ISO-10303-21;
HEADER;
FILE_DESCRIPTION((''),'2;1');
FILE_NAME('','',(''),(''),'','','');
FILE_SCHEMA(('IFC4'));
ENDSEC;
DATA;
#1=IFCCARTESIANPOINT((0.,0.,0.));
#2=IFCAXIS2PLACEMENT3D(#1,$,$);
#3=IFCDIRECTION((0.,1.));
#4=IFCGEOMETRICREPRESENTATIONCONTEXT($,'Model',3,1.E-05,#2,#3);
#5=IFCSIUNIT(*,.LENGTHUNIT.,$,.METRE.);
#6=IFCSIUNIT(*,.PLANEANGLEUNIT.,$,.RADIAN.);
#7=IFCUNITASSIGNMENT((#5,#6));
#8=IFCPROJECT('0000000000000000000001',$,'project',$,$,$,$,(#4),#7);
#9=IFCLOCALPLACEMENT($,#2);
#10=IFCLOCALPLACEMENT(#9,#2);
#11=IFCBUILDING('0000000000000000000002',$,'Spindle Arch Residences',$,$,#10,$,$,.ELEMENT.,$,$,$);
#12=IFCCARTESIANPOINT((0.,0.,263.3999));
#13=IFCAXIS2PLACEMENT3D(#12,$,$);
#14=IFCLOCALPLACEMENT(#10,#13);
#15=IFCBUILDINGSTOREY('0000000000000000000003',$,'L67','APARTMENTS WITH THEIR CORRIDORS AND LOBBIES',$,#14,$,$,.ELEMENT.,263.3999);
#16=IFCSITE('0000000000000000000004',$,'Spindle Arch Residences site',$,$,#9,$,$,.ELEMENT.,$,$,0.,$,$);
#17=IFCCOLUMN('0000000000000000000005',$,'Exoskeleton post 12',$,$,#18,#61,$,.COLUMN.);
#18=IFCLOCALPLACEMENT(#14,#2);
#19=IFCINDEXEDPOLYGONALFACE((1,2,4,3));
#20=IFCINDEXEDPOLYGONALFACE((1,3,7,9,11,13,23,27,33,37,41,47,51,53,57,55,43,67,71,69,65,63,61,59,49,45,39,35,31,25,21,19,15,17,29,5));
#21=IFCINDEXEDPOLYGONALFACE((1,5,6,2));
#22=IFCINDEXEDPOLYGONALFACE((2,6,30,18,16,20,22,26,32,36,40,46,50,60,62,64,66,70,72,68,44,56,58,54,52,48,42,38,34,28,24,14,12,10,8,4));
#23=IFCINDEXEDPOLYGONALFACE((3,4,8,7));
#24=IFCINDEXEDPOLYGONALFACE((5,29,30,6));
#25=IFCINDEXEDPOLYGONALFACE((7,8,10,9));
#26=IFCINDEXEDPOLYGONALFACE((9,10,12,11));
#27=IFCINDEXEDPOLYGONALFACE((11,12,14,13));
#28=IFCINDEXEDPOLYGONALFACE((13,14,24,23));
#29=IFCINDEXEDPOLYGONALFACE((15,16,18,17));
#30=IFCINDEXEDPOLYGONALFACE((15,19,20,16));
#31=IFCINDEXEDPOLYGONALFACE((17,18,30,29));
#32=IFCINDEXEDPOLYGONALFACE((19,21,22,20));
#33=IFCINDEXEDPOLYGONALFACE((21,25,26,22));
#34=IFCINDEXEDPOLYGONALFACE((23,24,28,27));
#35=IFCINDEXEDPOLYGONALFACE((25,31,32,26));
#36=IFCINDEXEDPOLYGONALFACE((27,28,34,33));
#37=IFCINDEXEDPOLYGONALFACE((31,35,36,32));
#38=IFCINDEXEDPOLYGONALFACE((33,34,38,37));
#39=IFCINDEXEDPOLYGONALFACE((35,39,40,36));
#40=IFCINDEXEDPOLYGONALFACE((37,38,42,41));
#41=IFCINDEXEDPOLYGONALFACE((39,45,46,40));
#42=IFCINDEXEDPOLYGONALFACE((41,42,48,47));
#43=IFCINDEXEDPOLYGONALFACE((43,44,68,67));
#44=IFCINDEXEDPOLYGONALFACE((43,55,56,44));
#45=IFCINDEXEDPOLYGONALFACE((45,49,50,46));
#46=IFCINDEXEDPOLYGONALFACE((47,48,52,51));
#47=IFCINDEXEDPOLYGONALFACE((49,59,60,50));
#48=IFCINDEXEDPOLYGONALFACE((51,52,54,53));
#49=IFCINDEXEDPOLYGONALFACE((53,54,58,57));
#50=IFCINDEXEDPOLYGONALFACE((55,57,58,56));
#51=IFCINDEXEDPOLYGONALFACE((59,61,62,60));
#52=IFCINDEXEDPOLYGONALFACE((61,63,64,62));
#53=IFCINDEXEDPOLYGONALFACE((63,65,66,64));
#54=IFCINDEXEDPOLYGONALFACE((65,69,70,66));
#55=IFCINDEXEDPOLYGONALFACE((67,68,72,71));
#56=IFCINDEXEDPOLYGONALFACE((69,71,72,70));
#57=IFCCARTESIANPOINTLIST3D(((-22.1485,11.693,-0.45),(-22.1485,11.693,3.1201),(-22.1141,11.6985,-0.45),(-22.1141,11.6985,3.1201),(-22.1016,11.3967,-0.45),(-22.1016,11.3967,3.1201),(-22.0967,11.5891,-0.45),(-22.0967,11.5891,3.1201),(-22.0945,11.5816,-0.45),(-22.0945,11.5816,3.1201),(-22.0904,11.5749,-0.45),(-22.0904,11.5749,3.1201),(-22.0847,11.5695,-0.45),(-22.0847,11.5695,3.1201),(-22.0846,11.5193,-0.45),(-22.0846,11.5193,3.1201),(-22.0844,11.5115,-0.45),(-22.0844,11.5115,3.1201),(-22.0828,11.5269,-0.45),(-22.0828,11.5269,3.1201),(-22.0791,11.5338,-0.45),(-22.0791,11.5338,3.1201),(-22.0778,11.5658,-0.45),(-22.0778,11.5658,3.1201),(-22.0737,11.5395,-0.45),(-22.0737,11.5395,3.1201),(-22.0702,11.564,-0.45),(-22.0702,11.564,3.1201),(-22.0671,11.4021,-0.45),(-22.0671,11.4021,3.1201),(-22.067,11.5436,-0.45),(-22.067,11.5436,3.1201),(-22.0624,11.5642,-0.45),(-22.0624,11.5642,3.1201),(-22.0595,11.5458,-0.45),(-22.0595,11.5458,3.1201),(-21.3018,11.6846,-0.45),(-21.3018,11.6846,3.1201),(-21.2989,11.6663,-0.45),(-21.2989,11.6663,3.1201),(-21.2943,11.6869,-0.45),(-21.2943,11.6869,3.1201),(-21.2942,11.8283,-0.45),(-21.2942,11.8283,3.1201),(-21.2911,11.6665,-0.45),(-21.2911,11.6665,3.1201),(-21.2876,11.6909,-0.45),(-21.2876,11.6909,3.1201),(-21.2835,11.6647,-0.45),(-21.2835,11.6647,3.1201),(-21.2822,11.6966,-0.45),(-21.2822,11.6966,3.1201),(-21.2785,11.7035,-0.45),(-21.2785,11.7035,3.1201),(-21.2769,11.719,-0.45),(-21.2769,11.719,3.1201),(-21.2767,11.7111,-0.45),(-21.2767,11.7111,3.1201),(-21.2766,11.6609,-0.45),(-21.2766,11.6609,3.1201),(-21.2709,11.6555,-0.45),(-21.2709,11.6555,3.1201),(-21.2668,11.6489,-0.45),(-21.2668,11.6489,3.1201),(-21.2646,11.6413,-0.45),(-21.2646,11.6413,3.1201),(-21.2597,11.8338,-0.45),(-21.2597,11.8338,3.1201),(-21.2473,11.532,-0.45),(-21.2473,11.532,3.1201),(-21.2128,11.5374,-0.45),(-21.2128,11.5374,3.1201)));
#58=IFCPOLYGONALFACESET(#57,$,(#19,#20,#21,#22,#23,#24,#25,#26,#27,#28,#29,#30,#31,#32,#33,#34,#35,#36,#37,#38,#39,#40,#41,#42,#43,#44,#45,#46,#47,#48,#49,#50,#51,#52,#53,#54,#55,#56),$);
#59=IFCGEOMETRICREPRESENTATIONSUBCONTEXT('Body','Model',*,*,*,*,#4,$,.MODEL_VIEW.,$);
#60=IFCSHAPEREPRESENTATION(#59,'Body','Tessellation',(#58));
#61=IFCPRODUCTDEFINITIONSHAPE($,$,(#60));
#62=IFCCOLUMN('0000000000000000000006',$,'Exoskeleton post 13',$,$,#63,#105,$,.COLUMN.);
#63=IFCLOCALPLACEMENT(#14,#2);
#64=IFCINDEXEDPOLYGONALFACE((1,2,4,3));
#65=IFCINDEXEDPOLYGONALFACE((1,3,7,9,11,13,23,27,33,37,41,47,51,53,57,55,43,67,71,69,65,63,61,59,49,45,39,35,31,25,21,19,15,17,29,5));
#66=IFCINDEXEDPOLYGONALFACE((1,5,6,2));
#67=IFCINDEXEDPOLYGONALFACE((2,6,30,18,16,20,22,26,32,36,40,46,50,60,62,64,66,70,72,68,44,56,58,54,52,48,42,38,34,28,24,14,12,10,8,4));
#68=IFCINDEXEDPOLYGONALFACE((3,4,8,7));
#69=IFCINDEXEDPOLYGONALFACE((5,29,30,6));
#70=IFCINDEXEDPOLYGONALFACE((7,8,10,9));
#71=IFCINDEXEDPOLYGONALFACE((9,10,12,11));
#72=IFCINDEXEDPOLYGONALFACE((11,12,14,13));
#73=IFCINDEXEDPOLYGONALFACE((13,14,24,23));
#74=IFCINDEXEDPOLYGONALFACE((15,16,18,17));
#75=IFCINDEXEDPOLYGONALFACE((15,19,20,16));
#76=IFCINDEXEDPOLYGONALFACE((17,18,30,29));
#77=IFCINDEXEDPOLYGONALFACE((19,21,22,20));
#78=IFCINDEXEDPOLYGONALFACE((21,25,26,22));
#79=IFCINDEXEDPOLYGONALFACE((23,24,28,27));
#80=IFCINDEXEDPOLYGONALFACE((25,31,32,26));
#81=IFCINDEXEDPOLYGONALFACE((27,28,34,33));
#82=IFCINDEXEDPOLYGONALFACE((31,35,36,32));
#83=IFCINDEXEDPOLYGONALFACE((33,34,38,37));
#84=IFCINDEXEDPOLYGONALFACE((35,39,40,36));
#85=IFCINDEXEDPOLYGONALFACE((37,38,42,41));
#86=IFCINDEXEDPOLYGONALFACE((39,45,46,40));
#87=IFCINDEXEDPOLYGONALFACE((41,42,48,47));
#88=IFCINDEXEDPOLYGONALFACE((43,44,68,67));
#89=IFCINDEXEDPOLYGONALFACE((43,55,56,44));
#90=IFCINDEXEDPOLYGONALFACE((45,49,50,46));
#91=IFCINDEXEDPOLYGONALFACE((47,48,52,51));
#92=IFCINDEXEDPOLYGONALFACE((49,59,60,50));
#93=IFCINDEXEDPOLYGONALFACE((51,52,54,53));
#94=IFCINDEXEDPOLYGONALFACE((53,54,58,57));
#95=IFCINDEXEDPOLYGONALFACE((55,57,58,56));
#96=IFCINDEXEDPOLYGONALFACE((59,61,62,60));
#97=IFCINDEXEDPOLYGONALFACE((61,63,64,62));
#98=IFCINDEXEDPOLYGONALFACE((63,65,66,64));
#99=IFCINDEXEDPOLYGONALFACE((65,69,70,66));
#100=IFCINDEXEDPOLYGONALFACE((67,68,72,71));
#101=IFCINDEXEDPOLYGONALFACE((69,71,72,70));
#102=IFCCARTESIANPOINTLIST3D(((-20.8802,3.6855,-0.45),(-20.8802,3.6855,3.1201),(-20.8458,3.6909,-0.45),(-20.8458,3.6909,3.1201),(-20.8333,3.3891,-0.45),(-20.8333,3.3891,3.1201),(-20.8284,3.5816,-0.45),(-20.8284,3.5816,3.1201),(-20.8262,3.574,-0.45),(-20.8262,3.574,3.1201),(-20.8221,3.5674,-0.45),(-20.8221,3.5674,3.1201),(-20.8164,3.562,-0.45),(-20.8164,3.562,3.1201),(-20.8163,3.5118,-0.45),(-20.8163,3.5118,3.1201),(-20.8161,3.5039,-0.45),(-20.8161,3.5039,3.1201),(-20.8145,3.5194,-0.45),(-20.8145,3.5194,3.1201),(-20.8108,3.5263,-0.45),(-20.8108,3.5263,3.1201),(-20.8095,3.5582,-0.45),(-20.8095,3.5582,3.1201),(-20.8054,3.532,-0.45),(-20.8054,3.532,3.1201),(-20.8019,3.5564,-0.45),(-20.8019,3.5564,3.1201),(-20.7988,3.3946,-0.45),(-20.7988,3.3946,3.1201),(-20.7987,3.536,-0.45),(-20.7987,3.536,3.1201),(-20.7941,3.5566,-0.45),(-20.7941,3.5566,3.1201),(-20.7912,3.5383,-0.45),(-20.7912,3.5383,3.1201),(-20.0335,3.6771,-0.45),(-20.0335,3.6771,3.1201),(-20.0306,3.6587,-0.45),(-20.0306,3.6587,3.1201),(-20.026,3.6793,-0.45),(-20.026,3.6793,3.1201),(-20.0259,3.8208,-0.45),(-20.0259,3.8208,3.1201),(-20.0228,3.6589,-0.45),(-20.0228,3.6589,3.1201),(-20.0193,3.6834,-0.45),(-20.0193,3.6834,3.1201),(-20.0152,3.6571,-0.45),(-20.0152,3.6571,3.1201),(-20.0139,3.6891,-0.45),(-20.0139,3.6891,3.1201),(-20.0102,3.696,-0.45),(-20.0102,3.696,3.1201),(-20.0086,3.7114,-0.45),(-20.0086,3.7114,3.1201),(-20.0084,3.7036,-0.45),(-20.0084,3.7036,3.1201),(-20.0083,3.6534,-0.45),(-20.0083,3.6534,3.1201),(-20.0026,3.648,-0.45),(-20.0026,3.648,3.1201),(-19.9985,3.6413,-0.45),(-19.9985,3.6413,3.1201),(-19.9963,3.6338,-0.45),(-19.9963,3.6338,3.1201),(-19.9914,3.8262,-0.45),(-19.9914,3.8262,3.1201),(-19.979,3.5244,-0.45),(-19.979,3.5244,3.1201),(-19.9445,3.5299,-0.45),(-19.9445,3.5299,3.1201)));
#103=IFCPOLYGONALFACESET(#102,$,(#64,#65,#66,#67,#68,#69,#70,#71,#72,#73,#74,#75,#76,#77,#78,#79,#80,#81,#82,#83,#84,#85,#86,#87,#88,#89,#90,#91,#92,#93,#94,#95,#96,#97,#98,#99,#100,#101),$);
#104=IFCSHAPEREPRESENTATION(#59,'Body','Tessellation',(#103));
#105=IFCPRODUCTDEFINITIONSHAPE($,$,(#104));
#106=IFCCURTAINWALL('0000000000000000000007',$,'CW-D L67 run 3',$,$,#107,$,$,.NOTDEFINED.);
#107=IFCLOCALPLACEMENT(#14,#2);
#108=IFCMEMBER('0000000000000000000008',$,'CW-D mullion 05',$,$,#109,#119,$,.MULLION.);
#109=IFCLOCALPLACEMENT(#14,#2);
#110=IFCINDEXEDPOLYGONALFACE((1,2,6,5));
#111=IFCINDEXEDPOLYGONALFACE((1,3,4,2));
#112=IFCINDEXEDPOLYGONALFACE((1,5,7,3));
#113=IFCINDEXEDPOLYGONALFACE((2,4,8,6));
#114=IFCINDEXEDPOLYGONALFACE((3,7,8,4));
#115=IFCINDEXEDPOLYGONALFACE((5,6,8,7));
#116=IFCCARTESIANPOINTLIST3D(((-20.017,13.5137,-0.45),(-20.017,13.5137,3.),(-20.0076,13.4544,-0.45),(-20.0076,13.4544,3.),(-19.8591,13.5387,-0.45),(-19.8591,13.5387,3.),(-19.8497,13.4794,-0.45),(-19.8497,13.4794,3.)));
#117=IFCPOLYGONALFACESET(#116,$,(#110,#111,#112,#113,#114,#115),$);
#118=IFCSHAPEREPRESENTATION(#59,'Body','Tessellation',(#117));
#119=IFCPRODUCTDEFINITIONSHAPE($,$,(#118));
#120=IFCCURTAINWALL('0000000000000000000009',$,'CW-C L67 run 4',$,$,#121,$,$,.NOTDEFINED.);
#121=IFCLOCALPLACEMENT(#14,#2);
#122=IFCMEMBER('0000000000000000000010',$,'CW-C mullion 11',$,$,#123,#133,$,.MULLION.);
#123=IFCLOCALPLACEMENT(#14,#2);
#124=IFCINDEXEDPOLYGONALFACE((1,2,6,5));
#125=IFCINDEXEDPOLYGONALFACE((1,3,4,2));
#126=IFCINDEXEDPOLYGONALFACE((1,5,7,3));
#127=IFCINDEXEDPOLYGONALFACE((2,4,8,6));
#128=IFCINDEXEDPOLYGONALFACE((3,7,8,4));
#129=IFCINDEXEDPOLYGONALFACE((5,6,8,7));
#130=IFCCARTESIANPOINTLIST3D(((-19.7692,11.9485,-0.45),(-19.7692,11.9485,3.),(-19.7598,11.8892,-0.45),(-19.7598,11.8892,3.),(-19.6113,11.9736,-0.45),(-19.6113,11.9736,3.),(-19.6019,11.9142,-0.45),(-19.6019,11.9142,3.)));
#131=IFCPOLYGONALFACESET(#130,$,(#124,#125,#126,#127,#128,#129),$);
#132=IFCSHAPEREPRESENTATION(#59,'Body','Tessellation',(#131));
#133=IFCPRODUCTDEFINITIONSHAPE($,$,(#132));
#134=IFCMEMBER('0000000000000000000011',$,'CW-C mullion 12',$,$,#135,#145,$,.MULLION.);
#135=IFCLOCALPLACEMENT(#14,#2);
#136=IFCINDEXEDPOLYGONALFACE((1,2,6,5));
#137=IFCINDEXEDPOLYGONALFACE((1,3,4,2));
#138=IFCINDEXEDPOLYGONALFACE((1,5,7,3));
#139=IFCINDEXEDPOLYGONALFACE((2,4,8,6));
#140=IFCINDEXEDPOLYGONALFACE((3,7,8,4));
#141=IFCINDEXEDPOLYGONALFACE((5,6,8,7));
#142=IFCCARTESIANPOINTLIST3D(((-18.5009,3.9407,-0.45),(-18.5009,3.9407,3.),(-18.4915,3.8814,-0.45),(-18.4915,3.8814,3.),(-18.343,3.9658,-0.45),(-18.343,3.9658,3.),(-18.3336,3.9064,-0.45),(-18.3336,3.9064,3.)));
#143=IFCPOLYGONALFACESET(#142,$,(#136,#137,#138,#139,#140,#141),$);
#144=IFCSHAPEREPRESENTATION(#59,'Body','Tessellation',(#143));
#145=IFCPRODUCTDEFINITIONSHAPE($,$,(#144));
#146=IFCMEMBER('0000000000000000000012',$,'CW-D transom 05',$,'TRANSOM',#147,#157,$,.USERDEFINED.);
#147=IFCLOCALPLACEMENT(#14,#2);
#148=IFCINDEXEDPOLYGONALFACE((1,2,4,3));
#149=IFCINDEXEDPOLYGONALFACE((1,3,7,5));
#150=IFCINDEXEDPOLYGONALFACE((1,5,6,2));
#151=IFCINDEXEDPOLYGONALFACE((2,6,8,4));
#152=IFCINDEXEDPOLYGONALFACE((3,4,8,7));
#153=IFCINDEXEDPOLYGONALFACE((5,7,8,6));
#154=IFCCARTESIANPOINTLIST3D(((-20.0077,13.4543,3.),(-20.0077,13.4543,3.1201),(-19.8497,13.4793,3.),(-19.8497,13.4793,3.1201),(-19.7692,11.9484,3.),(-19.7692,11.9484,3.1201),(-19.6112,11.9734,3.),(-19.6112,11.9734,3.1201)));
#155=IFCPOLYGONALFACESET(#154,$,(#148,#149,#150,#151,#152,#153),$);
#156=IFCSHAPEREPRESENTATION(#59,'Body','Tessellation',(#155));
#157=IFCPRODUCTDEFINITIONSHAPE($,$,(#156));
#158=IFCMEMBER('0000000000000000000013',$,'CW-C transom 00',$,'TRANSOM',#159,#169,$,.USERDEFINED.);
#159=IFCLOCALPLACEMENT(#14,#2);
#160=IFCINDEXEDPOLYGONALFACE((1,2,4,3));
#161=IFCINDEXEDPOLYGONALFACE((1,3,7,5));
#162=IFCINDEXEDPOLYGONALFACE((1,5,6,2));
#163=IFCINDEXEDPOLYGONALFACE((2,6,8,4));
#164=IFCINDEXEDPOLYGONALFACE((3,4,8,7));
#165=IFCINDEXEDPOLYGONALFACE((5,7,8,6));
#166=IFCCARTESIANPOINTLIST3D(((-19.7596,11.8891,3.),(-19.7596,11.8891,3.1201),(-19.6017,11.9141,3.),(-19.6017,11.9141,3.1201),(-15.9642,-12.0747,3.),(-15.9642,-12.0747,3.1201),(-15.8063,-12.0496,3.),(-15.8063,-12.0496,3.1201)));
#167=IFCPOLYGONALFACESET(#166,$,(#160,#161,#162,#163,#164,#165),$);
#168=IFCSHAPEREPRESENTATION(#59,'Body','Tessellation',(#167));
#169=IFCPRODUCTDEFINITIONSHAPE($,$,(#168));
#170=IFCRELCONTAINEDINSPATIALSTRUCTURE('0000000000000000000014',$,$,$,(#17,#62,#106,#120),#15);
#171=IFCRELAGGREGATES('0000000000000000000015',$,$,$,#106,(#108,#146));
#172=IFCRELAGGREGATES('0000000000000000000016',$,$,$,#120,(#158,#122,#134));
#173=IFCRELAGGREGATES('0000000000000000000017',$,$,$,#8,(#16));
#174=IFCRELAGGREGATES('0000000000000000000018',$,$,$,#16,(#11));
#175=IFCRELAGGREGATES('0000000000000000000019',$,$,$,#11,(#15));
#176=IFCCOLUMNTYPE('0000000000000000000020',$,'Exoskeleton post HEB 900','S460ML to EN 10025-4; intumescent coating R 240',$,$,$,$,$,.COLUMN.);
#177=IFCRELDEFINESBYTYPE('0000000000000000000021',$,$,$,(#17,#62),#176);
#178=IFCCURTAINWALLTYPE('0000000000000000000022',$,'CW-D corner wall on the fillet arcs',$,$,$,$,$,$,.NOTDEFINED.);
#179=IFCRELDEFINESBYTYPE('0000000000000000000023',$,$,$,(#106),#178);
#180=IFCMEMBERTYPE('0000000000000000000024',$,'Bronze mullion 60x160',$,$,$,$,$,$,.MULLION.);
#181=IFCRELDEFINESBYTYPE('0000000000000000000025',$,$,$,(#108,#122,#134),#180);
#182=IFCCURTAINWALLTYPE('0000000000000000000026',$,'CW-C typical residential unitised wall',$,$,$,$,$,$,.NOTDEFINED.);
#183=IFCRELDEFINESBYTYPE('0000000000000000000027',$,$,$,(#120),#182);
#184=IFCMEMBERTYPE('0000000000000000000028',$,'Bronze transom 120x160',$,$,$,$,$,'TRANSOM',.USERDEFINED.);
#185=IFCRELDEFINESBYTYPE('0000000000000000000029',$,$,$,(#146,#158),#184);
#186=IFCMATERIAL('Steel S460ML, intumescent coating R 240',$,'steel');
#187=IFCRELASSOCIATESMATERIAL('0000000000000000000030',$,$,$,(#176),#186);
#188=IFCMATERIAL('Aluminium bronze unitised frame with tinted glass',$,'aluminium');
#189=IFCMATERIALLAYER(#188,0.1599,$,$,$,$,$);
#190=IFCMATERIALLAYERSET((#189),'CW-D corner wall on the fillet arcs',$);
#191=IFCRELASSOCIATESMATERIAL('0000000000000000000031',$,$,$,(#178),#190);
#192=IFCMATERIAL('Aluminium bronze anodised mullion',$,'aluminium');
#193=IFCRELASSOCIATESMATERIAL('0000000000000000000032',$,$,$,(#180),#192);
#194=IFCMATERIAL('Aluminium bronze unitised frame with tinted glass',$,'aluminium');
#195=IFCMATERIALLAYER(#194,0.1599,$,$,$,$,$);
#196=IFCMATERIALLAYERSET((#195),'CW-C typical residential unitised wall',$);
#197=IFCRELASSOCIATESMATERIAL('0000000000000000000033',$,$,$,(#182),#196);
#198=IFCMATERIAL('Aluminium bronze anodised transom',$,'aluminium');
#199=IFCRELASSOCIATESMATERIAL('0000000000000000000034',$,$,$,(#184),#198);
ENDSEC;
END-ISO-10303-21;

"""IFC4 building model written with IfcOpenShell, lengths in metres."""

from ifc_helpers import new_model, si_unit, direction, frame, origin, origin_2d, place, context, subcontext, project, spatial, rectangle, i_section, extrude, material, layer, layer_set, material_profile, profile_set, type_object, element, aggregate, save


model = new_model("IFC4")

# Units and contexts
model_context = context("Model", 3, precision=1e-05, world=origin(), true_north=direction((0.0, 1.0)))
body_context = subcontext(model_context, "Body", "Model", "MODEL_VIEW")
ifc_project = project(units=[si_unit("LENGTHUNIT", "METRE"), si_unit("PLANEANGLEUNIT", "RADIAN")], contexts=[model_context])

# Site, building, storey
site_placement = place(None, origin())
site = spatial("IfcSite", under=ifc_project, at=site_placement, Name="Spindle Arch Residences site", CompositionType="ELEMENT", RefElevation=0.0)
building_placement = place(site_placement, origin())
building = spatial("IfcBuilding", under=site, at=building_placement, Name="Spindle Arch Residences", CompositionType="ELEMENT")
storey_placement = place(building_placement, frame((0.0, 0.0, 263.3999)))
storey = spatial("IfcBuildingStorey", under=building, at=storey_placement, Name="L67", Description="APARTMENTS WITH THEIR CORRIDORS AND LOBBIES", CompositionType="ELEMENT", Elevation=263.3999)

# Columns
ifc_material_1 = material(Name="Steel S460ML, intumescent coating R 240", Category="steel")
ifc_material_profile_1 = material_profile(ifc_material_1, i_section(OverallWidth=0.3, OverallDepth=0.8999, WebThickness=0.0186, FlangeThickness=0.0349, FilletRadius=0.03, at=origin_2d()), Name="HEB 900")
ifc_profile_set_1 = profile_set([ifc_material_profile_1], Name="Steel S460ML, intumescent coating R 240")
column_type = type_object("IfcColumnType", Name="Exoskeleton post HEB 900", Description="S460ML to EN 10025-4; intumescent coating R 240", PredefinedType="COLUMN", material=ifc_profile_set_1)
for number, where, z_axis, x_axis, name in (
    (1, (-21.6807, 11.6152, -0.45), (0.0, 0.0, 1.0), (-0.156434, 0.987688, 0.0), "Exoskeleton post 12"),
    (2, (-20.4124, 3.6077, -0.45), (0.0, 0.0, 1.0), (-0.156434, 0.987688, 0.0), "Exoskeleton post 13"),
):
    element("IfcColumn", number, at=place(storey_placement, frame(where, z_axis=z_axis, x_axis=x_axis)), inside=storey, type_object=column_type, Name=name, PredefinedType="COLUMN", context=body_context, shape_type="SweptSolid", body=[
        extrude(i_section(OverallWidth=0.3, OverallDepth=0.8999, WebThickness=0.0186, FlangeThickness=0.0349, FilletRadius=0.03, at=origin_2d()), origin(), (0.0, 0.0, 1.0), 3.5701),
    ])

# Curtain wall, member
ifc_material_2 = material(Name="Aluminium bronze unitised frame with tinted glass", Category="aluminium")
ifc_layer_1 = layer(ifc_material_2, 0.1599)
ifc_layer_set_1 = layer_set([ifc_layer_1], Name="CW-D corner wall on the fillet arcs")
curtain_wall_type_1 = type_object("IfcCurtainWallType", Name="CW-D corner wall on the fillet arcs", PredefinedType="NOTDEFINED", material=ifc_layer_set_1)
curtain_wall_1_placement = place(storey_placement, origin())
curtain_wall_1 = element("IfcCurtainWall", 3, at=curtain_wall_1_placement, inside=storey, type_object=curtain_wall_type_1, Name="CW-D L67 run 3", PredefinedType="NOTDEFINED")
ifc_material_3 = material(Name="Aluminium bronze anodised mullion", Category="aluminium")
ifc_material_profile_2 = material_profile(ifc_material_3, rectangle(XDim=0.1599, YDim=0.0601, at=origin_2d()), Name="MU 60x160")
ifc_profile_set_2 = profile_set([ifc_material_profile_2], Name="Aluminium bronze anodised mullion")
member_type_1 = type_object("IfcMemberType", Name="Bronze mullion 60x160", PredefinedType="MULLION", material=ifc_profile_set_2)
member_1_placement = place(storey_placement, frame((-19.9333, 13.4966, -0.45), z_axis=(0.0, 0.0, 1.0), x_axis=(0.987688, 0.156434, 0.0)))
member_1 = element("IfcMember", 4, at=member_1_placement, type_object=member_type_1, Name="CW-D mullion 05", PredefinedType="MULLION", context=body_context, shape_type="SweptSolid", body=[
    extrude(rectangle(XDim=0.1599, YDim=0.0601, at=origin_2d()), origin(), (0.0, 0.0, 1.0), 3.45),
])

# Curtain wall, members
ifc_material_4 = material(Name="Aluminium bronze unitised frame with tinted glass", Category="aluminium")
ifc_layer_2 = layer(ifc_material_4, 0.1599)
ifc_layer_set_2 = layer_set([ifc_layer_2], Name="CW-C typical residential unitised wall")
curtain_wall_type_2 = type_object("IfcCurtainWallType", Name="CW-C typical residential unitised wall", PredefinedType="NOTDEFINED", material=ifc_layer_set_2)
curtain_wall_2_placement = place(storey_placement, origin())
curtain_wall_2 = element("IfcCurtainWall", 5, at=curtain_wall_2_placement, inside=storey, type_object=curtain_wall_type_2, Name="CW-C L67 run 4", PredefinedType="NOTDEFINED")
member_2_placement = place(storey_placement, frame((-19.6855, 11.9314, -0.45), z_axis=(0.0, 0.0, 1.0), x_axis=(0.987688, 0.156434, 0.0)))
member_2 = element("IfcMember", 6, at=member_2_placement, type_object=member_type_1, Name="CW-C mullion 11", PredefinedType="MULLION", context=body_context, shape_type="SweptSolid", body=[
    extrude(rectangle(XDim=0.1599, YDim=0.0601, at=origin_2d()), origin(), (0.0, 0.0, 1.0), 3.45),
])
member_3_placement = place(storey_placement, frame((-18.4172, 3.9236, -0.45), z_axis=(0.0, 0.0, 1.0), x_axis=(0.987688, 0.156434, 0.0)))
member_3 = element("IfcMember", 7, at=member_3_placement, type_object=member_type_1, Name="CW-C mullion 12", PredefinedType="MULLION", context=body_context, shape_type="SweptSolid", body=[
    extrude(rectangle(XDim=0.1599, YDim=0.0601, at=origin_2d()), origin(), (0.0, 0.0, 1.0), 3.45),
])

# Members
ifc_material_5 = material(Name="Aluminium bronze anodised transom", Category="aluminium")
ifc_material_profile_3 = material_profile(ifc_material_5, rectangle(XDim=0.1599, YDim=0.1201, at=origin_2d()), Name="TR 120x160")
ifc_profile_set_3 = profile_set([ifc_material_profile_3], Name="Aluminium bronze anodised transom")
member_type_2 = type_object("IfcMemberType", Name="Bronze transom 120x160", ElementType="TRANSOM", PredefinedType="USERDEFINED", material=ifc_profile_set_3)
member_4_placement = place(storey_placement, frame((-19.9287, 13.4668, 3.0601), z_axis=(0.156448, -0.987686, 0.0), x_axis=(0.987686, 0.156448, 0.0)))
member_4 = element("IfcMember", 8, at=member_4_placement, type_object=member_type_2, Name="CW-D transom 05", ObjectType="TRANSOM", PredefinedType="USERDEFINED", context=body_context, shape_type="SweptSolid", body=[
    extrude(rectangle(XDim=0.1599, YDim=0.1201, at=origin_2d()), origin(), (0.0, 0.0, 1.0), 1.5247),
])
member_5_placement = place(storey_placement, frame((-19.6807, 11.9016, 3.0601), z_axis=(0.156431, -0.987689, 0.0), x_axis=(0.987689, 0.156431, 0.0)))
member_5 = element("IfcMember", 9, at=member_5_placement, type_object=member_type_2, Name="CW-C transom 00", ObjectType="TRANSOM", PredefinedType="USERDEFINED", context=body_context, shape_type="SweptSolid", body=[
    extrude(rectangle(XDim=0.1599, YDim=0.1201, at=origin_2d()), origin(), (0.0, 0.0, 1.0), 24.2625),
])

aggregate(curtain_wall_1, [member_1, member_4])
aggregate(curtain_wall_2, [member_5, member_2, member_3])

save(model, "model.ifc")
